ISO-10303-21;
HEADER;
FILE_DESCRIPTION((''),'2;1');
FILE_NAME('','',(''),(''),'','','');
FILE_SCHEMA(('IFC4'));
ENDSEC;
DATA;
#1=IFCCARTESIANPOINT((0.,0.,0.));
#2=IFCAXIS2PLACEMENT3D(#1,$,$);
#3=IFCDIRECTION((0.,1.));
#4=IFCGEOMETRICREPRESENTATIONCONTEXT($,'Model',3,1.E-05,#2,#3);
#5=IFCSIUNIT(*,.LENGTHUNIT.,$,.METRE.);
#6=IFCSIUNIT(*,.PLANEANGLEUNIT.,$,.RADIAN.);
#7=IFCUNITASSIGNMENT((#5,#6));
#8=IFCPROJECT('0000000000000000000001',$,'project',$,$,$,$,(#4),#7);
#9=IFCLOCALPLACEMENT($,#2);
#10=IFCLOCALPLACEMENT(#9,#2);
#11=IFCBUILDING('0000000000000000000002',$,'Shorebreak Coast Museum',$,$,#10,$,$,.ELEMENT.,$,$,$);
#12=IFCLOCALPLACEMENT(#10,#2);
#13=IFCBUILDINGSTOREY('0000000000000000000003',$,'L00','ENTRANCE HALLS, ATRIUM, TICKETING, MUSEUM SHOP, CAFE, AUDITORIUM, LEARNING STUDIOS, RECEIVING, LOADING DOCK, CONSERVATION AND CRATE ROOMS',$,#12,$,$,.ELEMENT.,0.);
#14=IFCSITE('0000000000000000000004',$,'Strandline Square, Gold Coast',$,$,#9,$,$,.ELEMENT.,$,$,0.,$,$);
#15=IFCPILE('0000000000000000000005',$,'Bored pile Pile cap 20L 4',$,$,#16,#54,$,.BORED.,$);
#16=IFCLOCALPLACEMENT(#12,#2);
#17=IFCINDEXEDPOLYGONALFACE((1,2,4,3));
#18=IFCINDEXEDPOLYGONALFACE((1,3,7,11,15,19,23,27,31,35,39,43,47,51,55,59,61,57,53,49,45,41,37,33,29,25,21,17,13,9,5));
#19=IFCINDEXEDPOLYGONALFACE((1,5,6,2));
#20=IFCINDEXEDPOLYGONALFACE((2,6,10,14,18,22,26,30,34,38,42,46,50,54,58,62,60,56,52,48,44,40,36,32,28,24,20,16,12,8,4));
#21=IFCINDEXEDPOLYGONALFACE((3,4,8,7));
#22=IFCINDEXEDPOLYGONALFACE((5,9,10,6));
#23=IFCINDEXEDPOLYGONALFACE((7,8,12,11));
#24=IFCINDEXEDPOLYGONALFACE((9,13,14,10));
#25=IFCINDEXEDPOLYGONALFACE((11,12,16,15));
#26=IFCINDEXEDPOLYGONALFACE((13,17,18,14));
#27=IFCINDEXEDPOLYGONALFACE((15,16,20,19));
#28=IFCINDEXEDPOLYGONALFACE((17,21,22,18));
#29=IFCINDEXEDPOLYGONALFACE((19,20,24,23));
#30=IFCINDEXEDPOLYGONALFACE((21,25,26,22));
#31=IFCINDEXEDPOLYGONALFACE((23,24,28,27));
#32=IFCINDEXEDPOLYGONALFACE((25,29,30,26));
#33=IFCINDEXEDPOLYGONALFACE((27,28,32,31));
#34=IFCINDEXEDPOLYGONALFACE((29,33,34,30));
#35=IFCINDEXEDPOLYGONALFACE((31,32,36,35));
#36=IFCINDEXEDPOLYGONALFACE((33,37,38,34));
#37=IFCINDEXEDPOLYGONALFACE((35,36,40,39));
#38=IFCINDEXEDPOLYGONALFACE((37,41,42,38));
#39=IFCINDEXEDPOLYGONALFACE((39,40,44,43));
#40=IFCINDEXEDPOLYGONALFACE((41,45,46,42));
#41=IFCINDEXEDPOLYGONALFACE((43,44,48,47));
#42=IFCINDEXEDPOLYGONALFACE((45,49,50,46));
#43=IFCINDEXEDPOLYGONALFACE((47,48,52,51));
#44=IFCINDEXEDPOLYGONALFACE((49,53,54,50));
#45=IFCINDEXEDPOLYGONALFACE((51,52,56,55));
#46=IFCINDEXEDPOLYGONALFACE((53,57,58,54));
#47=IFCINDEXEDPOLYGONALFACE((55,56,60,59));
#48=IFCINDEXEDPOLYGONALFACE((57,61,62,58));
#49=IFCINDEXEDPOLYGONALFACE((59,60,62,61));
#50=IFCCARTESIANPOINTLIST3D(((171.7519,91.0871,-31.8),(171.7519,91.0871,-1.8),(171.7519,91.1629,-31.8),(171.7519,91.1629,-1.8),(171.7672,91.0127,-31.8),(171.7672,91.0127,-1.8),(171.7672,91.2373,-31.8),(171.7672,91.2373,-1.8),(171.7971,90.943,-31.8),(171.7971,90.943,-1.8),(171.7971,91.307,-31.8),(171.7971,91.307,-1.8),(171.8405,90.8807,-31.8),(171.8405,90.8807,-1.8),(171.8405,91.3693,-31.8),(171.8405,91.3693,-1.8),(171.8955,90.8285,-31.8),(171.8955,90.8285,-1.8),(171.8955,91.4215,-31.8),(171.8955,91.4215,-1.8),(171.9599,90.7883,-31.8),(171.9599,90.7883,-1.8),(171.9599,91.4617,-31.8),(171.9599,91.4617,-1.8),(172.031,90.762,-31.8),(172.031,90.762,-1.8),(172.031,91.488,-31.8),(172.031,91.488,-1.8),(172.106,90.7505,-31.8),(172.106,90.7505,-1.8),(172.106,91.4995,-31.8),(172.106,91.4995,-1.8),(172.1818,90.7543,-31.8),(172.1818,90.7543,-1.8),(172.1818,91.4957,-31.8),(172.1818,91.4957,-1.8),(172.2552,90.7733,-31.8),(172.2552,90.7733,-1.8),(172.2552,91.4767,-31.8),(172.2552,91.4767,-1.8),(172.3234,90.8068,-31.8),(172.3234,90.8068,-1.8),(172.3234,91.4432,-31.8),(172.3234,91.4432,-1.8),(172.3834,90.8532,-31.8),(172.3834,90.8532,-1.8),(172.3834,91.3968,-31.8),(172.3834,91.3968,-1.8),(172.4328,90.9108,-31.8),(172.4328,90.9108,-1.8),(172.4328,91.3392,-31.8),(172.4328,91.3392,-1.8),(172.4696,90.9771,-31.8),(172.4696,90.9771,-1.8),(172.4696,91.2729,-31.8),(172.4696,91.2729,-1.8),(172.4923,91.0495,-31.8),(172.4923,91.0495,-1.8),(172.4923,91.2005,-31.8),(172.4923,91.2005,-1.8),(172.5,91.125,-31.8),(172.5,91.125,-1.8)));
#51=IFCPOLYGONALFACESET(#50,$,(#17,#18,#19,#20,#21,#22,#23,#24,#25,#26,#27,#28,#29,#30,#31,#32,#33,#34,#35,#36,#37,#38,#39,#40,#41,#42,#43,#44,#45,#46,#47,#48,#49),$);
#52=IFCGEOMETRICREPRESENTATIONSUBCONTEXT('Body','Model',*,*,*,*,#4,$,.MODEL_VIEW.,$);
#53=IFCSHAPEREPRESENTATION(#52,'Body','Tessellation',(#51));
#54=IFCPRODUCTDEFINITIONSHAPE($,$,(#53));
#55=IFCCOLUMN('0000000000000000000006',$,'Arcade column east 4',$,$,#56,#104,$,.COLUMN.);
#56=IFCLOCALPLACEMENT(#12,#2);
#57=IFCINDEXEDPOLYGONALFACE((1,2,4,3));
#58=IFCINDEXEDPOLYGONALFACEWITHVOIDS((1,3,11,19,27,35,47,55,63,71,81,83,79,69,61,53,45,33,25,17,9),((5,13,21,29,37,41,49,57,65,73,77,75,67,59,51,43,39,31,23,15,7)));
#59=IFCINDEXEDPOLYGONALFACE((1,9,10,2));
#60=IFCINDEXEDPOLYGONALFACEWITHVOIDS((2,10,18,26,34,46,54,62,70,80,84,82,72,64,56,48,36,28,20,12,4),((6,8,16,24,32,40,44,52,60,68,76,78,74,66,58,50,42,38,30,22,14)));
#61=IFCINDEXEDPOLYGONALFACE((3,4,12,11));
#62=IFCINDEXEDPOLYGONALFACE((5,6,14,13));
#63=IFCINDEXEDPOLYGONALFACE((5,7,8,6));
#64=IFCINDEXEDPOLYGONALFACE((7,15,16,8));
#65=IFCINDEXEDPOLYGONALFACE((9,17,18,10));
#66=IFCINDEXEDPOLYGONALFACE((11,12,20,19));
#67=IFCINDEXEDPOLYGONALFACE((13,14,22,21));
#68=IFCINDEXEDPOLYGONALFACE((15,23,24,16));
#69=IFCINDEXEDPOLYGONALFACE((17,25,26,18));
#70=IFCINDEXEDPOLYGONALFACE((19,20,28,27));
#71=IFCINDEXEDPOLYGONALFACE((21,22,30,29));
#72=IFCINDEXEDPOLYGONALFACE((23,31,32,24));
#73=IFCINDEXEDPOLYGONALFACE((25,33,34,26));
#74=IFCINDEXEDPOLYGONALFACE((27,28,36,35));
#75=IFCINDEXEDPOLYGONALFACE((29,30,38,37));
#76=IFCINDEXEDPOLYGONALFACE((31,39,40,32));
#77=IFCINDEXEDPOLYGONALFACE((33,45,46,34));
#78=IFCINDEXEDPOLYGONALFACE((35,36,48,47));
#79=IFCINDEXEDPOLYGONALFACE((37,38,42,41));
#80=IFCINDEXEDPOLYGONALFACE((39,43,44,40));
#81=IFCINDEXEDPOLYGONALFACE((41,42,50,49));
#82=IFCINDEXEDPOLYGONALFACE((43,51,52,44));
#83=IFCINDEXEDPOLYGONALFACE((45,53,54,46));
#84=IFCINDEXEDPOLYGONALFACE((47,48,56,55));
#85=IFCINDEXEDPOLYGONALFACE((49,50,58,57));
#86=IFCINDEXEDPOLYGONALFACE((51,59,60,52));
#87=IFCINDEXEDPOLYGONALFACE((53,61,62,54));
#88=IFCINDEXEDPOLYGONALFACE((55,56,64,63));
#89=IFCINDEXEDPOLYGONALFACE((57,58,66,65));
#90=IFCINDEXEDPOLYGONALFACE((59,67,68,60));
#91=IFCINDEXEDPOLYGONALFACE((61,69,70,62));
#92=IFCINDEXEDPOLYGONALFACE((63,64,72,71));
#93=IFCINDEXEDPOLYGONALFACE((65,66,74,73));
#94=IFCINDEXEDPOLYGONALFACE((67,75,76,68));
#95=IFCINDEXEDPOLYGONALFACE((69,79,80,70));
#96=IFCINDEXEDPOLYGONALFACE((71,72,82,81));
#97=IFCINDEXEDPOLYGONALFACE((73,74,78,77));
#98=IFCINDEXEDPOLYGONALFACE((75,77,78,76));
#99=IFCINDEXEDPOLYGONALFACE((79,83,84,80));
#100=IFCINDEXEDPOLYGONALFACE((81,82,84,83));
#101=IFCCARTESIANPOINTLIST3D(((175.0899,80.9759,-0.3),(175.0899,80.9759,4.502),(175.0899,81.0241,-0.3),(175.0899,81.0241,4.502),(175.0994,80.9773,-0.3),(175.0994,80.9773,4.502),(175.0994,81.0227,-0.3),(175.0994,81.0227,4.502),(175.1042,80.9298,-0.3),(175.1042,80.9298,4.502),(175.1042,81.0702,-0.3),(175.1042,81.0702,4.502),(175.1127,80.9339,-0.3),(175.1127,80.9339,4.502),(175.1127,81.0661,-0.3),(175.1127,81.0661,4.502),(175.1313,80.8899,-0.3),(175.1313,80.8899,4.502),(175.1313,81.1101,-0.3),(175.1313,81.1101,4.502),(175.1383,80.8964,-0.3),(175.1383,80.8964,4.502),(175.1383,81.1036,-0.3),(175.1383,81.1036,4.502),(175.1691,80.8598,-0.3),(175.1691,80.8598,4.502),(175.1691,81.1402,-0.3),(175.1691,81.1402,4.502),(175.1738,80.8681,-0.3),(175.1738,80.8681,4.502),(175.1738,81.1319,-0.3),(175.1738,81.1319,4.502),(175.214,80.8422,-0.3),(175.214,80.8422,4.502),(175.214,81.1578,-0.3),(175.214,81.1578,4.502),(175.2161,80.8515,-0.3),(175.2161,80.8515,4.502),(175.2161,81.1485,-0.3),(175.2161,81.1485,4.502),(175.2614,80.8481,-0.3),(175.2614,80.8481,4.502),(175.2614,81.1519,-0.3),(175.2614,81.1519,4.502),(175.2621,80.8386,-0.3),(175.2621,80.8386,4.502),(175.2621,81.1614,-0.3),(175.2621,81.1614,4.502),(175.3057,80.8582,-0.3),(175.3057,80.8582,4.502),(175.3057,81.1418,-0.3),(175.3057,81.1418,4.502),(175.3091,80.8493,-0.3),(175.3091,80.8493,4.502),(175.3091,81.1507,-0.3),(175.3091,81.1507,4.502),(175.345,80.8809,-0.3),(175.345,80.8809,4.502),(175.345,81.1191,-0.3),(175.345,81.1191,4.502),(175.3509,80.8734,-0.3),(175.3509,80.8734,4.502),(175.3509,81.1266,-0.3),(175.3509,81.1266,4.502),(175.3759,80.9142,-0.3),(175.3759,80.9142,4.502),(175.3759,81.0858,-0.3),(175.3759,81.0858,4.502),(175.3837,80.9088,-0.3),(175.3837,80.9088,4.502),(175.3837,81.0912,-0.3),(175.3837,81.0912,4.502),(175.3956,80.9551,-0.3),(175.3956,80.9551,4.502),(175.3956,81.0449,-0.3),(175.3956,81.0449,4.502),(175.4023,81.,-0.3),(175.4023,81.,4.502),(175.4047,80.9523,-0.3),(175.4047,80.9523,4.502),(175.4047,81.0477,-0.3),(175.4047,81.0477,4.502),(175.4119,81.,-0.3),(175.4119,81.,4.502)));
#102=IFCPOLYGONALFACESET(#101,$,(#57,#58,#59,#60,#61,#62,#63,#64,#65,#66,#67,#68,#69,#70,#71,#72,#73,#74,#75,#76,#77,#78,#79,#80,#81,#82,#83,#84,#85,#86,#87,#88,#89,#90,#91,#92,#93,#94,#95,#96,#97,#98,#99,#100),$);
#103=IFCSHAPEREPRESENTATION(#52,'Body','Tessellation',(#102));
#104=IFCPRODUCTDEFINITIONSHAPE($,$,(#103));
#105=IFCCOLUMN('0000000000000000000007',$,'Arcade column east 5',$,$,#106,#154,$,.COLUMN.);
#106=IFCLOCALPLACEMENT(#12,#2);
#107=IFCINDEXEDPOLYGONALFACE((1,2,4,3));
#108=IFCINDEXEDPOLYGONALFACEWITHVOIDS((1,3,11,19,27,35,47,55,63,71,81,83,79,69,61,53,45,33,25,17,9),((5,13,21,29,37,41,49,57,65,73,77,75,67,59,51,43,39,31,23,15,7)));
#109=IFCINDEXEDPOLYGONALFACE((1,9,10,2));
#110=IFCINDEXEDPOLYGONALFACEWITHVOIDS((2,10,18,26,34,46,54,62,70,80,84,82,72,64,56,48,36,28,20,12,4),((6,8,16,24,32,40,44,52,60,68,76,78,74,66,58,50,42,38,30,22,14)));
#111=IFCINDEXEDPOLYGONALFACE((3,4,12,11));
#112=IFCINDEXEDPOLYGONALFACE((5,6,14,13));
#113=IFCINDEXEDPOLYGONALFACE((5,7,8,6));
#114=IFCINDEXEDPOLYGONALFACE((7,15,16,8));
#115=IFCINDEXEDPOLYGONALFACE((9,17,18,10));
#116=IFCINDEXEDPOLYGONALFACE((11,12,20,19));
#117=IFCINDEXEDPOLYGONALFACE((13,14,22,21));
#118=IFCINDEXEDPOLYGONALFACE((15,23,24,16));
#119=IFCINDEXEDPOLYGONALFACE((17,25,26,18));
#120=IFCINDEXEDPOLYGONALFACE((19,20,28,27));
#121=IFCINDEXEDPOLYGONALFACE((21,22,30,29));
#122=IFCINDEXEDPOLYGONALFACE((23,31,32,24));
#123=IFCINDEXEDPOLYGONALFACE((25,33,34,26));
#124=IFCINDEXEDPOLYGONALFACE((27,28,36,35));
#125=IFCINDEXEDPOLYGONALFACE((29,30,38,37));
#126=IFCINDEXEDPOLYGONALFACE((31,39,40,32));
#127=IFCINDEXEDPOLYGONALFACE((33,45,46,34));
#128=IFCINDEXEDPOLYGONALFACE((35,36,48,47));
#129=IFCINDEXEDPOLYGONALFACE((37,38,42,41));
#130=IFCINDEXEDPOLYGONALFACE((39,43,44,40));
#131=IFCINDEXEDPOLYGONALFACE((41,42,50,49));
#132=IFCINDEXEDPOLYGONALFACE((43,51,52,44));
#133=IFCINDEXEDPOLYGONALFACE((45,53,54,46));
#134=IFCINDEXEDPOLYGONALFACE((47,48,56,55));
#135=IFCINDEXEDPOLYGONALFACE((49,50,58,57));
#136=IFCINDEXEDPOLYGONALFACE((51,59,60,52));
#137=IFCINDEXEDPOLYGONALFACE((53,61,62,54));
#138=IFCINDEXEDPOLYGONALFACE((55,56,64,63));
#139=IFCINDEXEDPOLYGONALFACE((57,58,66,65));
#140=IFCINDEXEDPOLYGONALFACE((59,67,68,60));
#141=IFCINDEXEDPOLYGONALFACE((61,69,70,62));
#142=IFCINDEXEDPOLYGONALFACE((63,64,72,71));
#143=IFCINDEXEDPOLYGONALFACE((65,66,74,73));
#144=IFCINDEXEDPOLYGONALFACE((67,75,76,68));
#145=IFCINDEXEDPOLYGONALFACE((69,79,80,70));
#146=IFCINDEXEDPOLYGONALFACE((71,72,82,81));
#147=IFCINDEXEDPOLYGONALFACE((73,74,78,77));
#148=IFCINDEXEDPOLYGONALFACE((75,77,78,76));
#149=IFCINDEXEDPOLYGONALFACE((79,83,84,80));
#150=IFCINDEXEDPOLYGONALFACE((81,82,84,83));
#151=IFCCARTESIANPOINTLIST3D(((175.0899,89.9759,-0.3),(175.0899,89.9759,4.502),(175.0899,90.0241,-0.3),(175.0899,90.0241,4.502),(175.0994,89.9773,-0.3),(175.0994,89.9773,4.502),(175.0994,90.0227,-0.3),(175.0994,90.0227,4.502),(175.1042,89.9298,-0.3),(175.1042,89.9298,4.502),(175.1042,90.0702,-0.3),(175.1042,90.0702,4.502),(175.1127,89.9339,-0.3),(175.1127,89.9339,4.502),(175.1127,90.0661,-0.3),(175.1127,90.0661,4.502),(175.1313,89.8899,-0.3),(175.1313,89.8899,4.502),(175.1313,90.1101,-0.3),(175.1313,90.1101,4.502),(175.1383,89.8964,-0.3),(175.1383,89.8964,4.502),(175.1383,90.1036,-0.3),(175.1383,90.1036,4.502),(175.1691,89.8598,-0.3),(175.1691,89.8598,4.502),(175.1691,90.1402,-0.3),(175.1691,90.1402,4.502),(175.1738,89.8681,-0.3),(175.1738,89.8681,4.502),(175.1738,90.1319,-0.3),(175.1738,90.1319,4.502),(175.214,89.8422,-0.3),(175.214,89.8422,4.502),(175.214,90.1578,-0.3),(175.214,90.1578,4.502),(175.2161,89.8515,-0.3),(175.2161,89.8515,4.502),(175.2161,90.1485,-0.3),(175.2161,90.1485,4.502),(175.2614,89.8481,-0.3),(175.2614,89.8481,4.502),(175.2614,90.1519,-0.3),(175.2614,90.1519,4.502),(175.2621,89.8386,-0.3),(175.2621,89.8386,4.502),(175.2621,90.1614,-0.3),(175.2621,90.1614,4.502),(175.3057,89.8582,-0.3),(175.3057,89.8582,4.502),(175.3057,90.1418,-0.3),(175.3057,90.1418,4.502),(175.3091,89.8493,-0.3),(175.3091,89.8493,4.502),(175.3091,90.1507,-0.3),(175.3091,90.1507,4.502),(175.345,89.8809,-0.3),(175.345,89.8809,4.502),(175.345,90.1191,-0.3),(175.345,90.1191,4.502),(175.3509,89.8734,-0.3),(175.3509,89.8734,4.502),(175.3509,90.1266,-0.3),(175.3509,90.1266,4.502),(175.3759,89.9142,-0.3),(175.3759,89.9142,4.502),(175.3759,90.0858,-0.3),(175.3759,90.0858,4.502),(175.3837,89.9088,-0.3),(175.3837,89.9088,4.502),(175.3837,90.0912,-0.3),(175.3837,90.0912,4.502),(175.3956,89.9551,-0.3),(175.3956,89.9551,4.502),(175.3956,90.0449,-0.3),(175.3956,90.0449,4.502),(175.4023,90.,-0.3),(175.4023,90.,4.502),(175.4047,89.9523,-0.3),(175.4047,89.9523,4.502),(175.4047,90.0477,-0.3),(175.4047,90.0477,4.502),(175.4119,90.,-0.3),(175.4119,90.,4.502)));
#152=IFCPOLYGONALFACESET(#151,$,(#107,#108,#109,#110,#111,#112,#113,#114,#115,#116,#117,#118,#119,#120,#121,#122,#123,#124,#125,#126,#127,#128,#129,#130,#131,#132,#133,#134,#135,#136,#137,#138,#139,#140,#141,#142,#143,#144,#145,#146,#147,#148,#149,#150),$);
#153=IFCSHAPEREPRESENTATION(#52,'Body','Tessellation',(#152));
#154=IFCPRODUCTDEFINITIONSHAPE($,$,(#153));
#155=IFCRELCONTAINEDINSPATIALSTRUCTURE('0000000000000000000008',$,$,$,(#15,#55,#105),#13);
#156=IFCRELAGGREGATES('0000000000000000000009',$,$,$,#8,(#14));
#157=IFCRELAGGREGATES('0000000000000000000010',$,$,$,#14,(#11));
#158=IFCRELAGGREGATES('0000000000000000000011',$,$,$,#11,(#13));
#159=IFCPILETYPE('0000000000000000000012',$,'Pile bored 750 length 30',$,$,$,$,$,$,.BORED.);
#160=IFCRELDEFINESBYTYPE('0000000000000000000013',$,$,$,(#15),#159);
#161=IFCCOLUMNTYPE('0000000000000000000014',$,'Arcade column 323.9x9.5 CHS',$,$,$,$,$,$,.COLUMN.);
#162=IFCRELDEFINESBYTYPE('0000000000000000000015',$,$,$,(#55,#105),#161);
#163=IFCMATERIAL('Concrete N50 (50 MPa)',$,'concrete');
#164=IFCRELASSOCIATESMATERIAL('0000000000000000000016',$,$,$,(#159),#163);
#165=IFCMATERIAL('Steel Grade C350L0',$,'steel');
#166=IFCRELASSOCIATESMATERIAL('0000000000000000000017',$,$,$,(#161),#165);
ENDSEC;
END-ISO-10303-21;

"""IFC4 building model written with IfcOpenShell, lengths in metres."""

from ifc_helpers import new_model, si_unit, direction, frame, origin, origin_2d, place, context, subcontext, project, spatial, circle, hollow_circle, extrude, material, material_profile, profile_set, type_object, element, save


model = new_model("IFC4")

# Units and contexts
model_context = context("Model", 3, precision=1e-05, world=origin(), true_north=direction((0.0, 1.0)))
body_context = subcontext(model_context, "Body", "Model", "MODEL_VIEW")
ifc_project = project(units=[si_unit("LENGTHUNIT", "METRE"), si_unit("PLANEANGLEUNIT", "RADIAN")], contexts=[model_context])

# Site, building, storey
site_placement = place(None, origin())
site = spatial("IfcSite", under=ifc_project, at=site_placement, Name="Strandline Square, Gold Coast", CompositionType="ELEMENT", RefElevation=0.0)
building_placement = place(site_placement, origin())
building = spatial("IfcBuilding", under=site, at=building_placement, Name="Shorebreak Coast Museum", CompositionType="ELEMENT")
storey_placement = place(building_placement, origin())
storey = spatial("IfcBuildingStorey", under=building, at=storey_placement, Name="L00", Description="ENTRANCE HALLS, ATRIUM, TICKETING, MUSEUM SHOP, CAFE, AUDITORIUM, LEARNING STUDIOS, RECEIVING, LOADING DOCK, CONSERVATION AND CRATE ROOMS", CompositionType="ELEMENT", Elevation=0.0)

# Pile
ifc_material_1 = material(Name="Concrete N50 (50 MPa)", Category="concrete")
ifc_material_profile_1 = material_profile(ifc_material_1, circle(Radius=0.375, at=origin_2d()), Name="Pile bored 750 length 30")
ifc_profile_set_1 = profile_set([ifc_material_profile_1], Name="Concrete N50 (50 MPa)")
pile_type_1 = type_object("IfcPileType", Name="Pile bored 750 length 30", PredefinedType="BORED", material=ifc_profile_set_1)
for number, where, z_axis, x_axis, name in (
    (1, (172.125, 91.125, -1.8), (0.0, 0.0, -1.0), (1.0, 0.0, 0.0), "Bored pile Pile cap 20L 4"),
):
    element("IfcPile", number, at=place(storey_placement, frame(where, z_axis=z_axis, x_axis=x_axis)), inside=storey, type_object=pile_type_1, Name=name, PredefinedType="BORED", context=body_context, shape_type="SweptSolid", body=[
        extrude(circle(Radius=0.375, at=origin_2d()), origin(), (0.0, 0.0, 1.0), 30.0),
    ])

# Columns
ifc_material_2 = material(Name="Steel Grade C350L0", Category="steel")
ifc_material_profile_2 = material_profile(ifc_material_2, hollow_circle(Radius=0.1619, WallThickness=0.0095, at=origin_2d()), Name="323.9x9.5 CHS")
ifc_profile_set_2 = profile_set([ifc_material_profile_2], Name="Steel Grade C350L0")
column_type_1 = type_object("IfcColumnType", Name="Arcade column 323.9x9.5 CHS", PredefinedType="COLUMN", material=ifc_profile_set_2)
for number, where, z_axis, x_axis, name in (
    (2, (175.25, 81.0, -0.3), (0.0, 0.0, 1.0), (1.0, 0.0, 0.0), "Arcade column east 4"),
    (3, (175.25, 90.0, -0.3), (0.0, 0.0, 1.0), (1.0, 0.0, 0.0), "Arcade column east 5"),
):
    element("IfcColumn", number, at=place(storey_placement, frame(where, z_axis=z_axis, x_axis=x_axis)), inside=storey, type_object=column_type_1, Name=name, PredefinedType="COLUMN", context=body_context, shape_type="SweptSolid", body=[
        extrude(hollow_circle(Radius=0.1619, WallThickness=0.0095, at=origin_2d()), origin(), (0.0, 0.0, 1.0), 4.802),
    ])

save(model, "model.ifc")
